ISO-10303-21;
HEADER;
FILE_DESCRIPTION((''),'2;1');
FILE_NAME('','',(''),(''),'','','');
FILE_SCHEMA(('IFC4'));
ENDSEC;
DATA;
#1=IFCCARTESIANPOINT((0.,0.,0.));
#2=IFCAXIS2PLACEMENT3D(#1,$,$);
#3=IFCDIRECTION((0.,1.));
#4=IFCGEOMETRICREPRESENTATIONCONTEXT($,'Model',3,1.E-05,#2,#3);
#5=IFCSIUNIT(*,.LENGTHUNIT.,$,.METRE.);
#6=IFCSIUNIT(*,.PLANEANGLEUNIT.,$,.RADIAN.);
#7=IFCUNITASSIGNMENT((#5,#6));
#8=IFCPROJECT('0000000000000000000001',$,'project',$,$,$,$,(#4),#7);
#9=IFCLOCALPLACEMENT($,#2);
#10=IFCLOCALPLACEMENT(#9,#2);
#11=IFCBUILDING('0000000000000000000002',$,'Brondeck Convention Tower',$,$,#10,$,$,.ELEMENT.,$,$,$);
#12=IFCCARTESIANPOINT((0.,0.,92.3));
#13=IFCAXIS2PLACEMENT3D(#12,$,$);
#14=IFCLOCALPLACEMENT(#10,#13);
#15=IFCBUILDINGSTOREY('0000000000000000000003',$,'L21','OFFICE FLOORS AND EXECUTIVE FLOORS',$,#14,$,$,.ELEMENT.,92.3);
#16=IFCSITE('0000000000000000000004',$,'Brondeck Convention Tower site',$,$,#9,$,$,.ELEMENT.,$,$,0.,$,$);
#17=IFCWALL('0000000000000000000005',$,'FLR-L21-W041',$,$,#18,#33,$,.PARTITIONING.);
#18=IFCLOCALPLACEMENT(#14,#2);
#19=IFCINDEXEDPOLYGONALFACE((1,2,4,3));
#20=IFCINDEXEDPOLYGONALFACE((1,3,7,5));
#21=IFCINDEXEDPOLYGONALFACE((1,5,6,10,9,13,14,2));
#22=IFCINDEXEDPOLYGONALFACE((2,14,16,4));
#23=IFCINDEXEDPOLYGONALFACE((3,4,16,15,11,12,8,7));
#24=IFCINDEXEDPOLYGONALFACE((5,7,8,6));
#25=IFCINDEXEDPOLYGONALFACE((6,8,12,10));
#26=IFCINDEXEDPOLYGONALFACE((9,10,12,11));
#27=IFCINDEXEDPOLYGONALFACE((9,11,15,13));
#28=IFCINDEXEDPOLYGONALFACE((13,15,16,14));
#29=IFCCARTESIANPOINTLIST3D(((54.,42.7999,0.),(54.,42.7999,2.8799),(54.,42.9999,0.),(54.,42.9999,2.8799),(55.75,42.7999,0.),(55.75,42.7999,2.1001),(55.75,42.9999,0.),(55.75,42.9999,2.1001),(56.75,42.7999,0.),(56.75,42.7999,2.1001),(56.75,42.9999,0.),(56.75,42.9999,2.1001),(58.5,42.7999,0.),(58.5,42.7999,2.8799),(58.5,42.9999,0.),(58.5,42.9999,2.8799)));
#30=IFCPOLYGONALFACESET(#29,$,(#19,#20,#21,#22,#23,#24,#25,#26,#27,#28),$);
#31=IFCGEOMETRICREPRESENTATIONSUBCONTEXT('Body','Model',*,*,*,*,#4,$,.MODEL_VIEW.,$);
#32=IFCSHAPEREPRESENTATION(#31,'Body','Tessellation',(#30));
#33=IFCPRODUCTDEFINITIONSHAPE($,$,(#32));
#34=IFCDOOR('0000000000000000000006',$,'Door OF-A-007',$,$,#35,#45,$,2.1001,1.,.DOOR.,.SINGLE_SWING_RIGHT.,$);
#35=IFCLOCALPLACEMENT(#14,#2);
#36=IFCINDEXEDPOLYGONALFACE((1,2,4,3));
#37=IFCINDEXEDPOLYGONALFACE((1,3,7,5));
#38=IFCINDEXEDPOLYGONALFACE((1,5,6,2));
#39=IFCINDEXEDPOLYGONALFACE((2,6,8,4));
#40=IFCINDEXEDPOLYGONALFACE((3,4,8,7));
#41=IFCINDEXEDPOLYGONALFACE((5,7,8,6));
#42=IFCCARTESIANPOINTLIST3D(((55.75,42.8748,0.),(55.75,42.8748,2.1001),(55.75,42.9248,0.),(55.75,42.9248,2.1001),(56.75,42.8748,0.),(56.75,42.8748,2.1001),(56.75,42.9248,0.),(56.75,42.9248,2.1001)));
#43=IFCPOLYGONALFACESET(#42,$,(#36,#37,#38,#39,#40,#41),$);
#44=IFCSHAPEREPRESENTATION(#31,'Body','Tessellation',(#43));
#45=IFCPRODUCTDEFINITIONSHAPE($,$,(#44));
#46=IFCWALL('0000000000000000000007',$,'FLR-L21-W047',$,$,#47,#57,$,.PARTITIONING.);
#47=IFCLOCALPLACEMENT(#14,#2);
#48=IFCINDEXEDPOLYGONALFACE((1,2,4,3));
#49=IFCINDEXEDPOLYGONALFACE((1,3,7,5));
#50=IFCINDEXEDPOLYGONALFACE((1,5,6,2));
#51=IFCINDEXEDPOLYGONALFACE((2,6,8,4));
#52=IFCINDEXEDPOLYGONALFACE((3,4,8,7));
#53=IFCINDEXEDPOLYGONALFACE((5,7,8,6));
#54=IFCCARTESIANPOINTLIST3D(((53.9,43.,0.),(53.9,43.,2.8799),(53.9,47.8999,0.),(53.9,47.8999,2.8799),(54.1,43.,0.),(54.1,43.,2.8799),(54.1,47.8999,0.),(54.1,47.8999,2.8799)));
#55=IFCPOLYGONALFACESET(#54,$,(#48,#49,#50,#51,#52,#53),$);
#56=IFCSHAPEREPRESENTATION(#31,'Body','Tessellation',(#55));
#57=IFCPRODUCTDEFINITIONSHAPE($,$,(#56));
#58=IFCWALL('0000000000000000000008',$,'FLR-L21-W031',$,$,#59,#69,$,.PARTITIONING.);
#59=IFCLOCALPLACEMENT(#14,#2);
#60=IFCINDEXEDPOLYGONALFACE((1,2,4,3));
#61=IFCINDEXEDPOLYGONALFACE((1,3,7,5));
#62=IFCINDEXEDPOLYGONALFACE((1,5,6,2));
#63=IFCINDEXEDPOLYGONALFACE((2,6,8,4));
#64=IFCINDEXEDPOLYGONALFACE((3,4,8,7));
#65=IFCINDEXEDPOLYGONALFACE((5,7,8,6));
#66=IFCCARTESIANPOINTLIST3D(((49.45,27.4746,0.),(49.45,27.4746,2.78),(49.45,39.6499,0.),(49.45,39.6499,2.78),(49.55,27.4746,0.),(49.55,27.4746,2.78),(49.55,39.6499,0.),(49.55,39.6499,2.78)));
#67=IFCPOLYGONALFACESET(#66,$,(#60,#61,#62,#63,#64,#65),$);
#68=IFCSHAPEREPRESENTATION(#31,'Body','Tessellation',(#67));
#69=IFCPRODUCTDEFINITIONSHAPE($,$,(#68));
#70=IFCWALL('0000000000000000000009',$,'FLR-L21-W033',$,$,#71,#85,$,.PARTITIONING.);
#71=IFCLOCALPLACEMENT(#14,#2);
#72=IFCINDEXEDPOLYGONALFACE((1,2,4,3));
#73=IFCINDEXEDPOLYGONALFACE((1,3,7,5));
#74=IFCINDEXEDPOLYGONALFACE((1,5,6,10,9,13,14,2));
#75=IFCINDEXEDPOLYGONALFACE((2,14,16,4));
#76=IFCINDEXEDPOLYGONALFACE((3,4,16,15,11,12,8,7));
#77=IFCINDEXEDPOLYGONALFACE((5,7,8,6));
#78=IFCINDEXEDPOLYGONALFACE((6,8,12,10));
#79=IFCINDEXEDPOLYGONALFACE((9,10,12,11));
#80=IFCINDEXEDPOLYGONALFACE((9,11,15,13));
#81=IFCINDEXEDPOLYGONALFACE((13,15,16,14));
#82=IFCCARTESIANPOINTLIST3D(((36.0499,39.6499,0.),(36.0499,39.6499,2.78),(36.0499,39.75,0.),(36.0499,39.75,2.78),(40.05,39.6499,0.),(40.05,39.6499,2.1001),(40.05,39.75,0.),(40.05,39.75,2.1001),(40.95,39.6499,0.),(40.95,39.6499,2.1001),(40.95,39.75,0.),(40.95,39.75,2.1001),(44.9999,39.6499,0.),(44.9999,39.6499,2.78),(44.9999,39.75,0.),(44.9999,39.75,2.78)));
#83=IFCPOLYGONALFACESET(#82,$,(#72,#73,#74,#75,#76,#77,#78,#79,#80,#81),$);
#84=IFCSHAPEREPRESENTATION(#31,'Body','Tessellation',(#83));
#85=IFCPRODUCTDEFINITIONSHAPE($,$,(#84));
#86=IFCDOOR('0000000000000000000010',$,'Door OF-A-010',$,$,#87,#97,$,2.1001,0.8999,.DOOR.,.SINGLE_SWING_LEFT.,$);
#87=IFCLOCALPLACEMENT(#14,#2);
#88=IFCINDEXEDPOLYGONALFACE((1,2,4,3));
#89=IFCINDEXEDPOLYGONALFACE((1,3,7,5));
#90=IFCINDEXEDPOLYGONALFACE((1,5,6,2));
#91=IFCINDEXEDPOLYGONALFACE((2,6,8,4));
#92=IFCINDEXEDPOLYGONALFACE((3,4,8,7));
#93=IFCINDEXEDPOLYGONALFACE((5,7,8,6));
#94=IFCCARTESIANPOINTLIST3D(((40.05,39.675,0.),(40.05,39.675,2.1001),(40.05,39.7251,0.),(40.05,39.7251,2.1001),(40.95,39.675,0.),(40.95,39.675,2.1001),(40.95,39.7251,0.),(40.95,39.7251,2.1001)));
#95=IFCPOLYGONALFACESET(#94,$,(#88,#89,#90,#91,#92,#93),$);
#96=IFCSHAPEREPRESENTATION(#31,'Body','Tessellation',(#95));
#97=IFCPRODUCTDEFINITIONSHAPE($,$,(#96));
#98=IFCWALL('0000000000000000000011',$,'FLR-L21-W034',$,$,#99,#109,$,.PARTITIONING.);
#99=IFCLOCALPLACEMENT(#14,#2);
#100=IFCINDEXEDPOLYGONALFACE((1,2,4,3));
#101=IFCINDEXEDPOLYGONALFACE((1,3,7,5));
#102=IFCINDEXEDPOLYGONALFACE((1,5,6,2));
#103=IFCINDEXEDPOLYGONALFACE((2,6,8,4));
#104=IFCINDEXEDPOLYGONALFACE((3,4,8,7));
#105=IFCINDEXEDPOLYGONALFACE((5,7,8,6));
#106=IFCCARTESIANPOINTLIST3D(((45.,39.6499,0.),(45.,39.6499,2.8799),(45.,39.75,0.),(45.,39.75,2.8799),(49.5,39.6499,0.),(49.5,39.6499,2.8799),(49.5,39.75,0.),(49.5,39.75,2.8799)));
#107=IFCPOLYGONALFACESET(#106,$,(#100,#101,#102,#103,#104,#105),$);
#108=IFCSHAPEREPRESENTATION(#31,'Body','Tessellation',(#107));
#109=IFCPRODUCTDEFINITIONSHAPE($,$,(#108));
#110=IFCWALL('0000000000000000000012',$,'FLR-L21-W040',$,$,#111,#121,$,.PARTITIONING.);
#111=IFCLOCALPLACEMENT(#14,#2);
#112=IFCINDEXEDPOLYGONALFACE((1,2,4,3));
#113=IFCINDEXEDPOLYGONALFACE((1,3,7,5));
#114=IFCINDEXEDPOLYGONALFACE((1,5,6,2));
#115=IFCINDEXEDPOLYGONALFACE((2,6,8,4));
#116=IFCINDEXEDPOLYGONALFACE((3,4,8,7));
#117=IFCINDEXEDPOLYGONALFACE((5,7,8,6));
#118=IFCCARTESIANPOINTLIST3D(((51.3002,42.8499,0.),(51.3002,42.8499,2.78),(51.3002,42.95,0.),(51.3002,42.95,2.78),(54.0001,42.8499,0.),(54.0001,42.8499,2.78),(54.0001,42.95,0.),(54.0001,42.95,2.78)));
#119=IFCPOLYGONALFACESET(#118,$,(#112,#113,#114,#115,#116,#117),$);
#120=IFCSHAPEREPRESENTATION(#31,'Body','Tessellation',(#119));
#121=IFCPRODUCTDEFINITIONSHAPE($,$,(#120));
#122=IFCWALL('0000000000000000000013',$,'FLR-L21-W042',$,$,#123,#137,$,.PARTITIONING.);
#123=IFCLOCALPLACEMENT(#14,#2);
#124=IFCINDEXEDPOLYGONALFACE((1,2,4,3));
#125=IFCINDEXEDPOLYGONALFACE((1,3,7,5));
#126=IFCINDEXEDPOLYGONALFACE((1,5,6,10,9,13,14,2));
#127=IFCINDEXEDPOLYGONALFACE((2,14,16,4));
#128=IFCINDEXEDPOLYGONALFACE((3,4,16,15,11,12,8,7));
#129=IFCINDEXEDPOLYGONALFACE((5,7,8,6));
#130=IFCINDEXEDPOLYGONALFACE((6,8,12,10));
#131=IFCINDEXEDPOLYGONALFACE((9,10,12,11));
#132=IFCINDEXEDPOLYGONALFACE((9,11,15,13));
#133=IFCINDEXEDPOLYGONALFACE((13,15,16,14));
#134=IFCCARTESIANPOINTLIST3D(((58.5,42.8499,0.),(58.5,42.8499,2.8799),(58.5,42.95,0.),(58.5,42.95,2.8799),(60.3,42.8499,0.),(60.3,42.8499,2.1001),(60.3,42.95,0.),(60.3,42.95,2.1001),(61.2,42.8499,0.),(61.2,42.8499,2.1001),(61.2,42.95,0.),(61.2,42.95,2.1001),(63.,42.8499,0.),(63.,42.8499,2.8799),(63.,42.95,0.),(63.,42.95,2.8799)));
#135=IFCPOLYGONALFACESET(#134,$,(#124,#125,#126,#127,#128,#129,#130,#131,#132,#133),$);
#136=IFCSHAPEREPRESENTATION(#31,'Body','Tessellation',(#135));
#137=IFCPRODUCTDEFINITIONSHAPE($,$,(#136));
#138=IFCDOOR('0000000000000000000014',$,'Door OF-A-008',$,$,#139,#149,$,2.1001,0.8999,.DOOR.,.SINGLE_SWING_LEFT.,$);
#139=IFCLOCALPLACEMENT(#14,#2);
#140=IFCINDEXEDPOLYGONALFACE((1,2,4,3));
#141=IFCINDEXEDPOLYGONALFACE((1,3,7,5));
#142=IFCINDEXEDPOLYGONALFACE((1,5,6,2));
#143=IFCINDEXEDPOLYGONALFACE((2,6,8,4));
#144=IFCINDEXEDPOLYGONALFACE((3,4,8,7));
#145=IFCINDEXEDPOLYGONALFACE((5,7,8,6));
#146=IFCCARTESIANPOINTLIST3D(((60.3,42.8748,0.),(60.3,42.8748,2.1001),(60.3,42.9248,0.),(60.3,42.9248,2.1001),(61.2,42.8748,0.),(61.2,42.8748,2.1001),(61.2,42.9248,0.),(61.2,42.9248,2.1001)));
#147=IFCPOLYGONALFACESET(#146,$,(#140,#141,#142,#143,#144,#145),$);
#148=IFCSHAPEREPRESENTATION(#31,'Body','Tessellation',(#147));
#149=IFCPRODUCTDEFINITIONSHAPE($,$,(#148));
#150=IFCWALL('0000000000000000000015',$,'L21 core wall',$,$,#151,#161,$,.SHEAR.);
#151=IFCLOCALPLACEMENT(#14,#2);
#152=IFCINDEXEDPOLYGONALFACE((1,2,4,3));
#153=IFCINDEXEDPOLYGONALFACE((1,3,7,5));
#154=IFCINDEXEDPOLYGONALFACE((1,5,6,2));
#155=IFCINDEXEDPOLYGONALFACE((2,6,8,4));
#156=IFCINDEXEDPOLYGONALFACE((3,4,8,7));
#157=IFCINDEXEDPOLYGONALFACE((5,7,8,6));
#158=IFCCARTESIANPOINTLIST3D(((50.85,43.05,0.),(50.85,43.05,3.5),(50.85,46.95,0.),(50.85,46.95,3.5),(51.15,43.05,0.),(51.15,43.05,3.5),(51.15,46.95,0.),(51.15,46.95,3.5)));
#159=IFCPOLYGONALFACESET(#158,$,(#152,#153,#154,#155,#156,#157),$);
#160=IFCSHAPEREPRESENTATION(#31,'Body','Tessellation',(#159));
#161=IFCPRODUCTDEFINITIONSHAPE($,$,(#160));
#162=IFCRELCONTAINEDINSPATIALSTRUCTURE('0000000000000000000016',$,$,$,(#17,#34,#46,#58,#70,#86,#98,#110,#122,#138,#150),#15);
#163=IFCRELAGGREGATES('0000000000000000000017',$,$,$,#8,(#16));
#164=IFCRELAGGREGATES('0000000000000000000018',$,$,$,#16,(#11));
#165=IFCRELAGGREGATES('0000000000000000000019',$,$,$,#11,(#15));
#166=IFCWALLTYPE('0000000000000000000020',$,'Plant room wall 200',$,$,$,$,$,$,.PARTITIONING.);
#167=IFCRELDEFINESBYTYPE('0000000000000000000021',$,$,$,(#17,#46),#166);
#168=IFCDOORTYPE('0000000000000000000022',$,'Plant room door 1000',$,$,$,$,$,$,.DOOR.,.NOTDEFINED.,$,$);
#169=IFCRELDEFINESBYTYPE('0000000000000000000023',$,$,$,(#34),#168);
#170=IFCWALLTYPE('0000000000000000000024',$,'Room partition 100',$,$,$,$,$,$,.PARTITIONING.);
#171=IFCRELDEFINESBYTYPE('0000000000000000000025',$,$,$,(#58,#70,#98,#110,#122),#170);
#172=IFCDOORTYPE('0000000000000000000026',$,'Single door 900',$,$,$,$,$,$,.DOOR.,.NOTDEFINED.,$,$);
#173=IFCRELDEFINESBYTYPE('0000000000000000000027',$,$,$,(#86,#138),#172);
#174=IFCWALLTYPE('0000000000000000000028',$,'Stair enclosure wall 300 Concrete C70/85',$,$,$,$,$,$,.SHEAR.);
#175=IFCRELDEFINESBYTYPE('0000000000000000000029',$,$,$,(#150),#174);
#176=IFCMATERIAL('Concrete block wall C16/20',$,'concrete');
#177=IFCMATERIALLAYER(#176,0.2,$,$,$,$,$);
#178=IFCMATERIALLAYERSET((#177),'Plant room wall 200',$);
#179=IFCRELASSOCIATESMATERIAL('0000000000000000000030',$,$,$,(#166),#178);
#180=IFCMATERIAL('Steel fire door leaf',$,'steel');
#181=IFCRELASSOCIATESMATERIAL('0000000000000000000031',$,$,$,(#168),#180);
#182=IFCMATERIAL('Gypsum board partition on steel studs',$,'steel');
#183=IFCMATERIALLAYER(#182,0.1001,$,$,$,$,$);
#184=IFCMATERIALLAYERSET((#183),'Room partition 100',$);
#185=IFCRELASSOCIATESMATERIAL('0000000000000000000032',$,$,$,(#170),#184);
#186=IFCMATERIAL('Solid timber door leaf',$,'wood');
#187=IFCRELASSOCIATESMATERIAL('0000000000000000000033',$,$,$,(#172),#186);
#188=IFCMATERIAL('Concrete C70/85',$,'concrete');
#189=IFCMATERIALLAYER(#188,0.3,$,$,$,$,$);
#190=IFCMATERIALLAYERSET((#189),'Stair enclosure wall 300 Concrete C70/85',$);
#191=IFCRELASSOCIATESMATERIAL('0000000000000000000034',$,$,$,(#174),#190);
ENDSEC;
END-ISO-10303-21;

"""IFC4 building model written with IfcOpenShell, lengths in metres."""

from ifc_helpers import new_model, si_unit, direction, frame, frame_2d, origin, place, context, subcontext, project, spatial, rectangle, extrude, material, layer, layer_set, type_object, element, fill, save


model = new_model("IFC4")

# Units and contexts
model_context = context("Model", 3, precision=1e-05, world=origin(), true_north=direction((0.0, 1.0)))
body_context = subcontext(model_context, "Body", "Model", "MODEL_VIEW")
ifc_project = project(units=[si_unit("LENGTHUNIT", "METRE"), si_unit("PLANEANGLEUNIT", "RADIAN")], contexts=[model_context])

# Site, building, storey
site_placement = place(None, origin())
site = spatial("IfcSite", under=ifc_project, at=site_placement, Name="Brondeck Convention Tower site", CompositionType="ELEMENT", RefElevation=0.0)
building_placement = place(site_placement, origin())
building = spatial("IfcBuilding", under=site, at=building_placement, Name="Brondeck Convention Tower", CompositionType="ELEMENT")
storey_placement = place(building_placement, frame((0.0, 0.0, 92.3)))
storey = spatial("IfcBuildingStorey", under=building, at=storey_placement, Name="L21", Description="OFFICE FLOORS AND EXECUTIVE FLOORS", CompositionType="ELEMENT", Elevation=92.3)

# Shared definitions
ifc_material_1 = material(Name="Concrete C70/85", Category="concrete")

# Wall, opening, door
ifc_material_2 = material(Name="Concrete block wall C16/20", Category="concrete")
ifc_layer_1 = layer(ifc_material_2, 0.2)
ifc_layer_set_1 = layer_set([ifc_layer_1], Name="Plant room wall 200")
wall_type_1 = type_object("IfcWallType", Name="Plant room wall 200", PredefinedType="PARTITIONING", material=ifc_layer_set_1)
wall_1_placement = place(storey_placement, frame((54.0, 42.8999, 0.0), z_axis=(0.0, 0.0, 1.0), x_axis=(1.0, 0.0, 0.0)))
wall_1 = element("IfcWall", 1, at=wall_1_placement, inside=storey, type_object=wall_type_1, Name="FLR-L21-W041", PredefinedType="PARTITIONING", context=body_context, shape_type="SweptSolid", body=[
    extrude(rectangle(XDim=4.5, YDim=0.2, at=frame_2d((2.25, 0.0))), origin(), (0.0, 0.0, 1.0), 2.8799),
])
opening_1_placement = place(wall_1_placement, frame((1.75, 0.0, 0.0)))
opening_1 = element("IfcOpeningElement", 2, at=opening_1_placement, cuts=wall_1, PredefinedType="OPENING", context=body_context, shape_type="SweptSolid", body=[
    extrude(rectangle(XDim=1.0, YDim=2.1001, at=frame_2d((0.5, 1.05))), frame((0.0, 0.1099, 0.0), z_axis=(0.0, -1.0, 0.0), x_axis=(1.0, 0.0, 0.0)), (0.0, 0.0, 1.0), 0.22),
])
ifc_material_3 = material(Name="Steel fire door leaf", Category="steel")
door_type_1 = type_object("IfcDoorType", Name="Plant room door 1000", OperationType="NOTDEFINED", PredefinedType="DOOR", material=ifc_material_3)
door_1_placement = place(opening_1_placement, origin())
door_1 = element("IfcDoor", 3, at=door_1_placement, inside=storey, type_object=door_type_1, Name="Door OF-A-007", OperationType="SINGLE_SWING_RIGHT", OverallHeight=2.1001, OverallWidth=1.0, PredefinedType="DOOR", context=body_context, shape_type="SweptSolid", body=[
    extrude(rectangle(XDim=1.0, YDim=2.1001, at=frame_2d((0.5, 1.05))), frame((0.0, 0.0249, 0.0), z_axis=(0.0, -1.0, 0.0), x_axis=(1.0, 0.0, 0.0)), (0.0, 0.0, 1.0), 0.05),
])
fill(opening_1, door_1)

# Walls
wall_2_placement = place(storey_placement, frame((54.0, 43.0, 0.0), z_axis=(0.0, 0.0, 1.0), x_axis=(0.0, 1.0, 0.0)))
element("IfcWall", 4, at=wall_2_placement, inside=storey, type_object=wall_type_1, Name="FLR-L21-W047", PredefinedType="PARTITIONING", context=body_context, shape_type="SweptSolid", body=[
    extrude(rectangle(XDim=4.8999, YDim=0.2, at=frame_2d((2.45, 0.0))), origin(), (0.0, 0.0, 1.0), 2.8799),
])
ifc_material_4 = material(Name="Gypsum board partition on steel studs", Category="steel")
ifc_layer_2 = layer(ifc_material_4, 0.1001)
ifc_layer_set_2 = layer_set([ifc_layer_2], Name="Room partition 100")
wall_type_2 = type_object("IfcWallType", Name="Room partition 100", PredefinedType="PARTITIONING", material=ifc_layer_set_2)
wall_3_placement = place(storey_placement, frame((49.5, 39.6499, 0.0), z_axis=(0.0, 0.0, 1.0), x_axis=(0.0, -1.0, 0.0)))
element("IfcWall", 5, at=wall_3_placement, inside=storey, type_object=wall_type_2, Name="FLR-L21-W031", PredefinedType="PARTITIONING", context=body_context, shape_type="SweptSolid", body=[
    extrude(rectangle(XDim=12.1753, YDim=0.1001, at=frame_2d((6.0876, 0.0))), origin(), (0.0, 0.0, 1.0), 2.78),
])

# Wall, opening, door
wall_4_placement = place(storey_placement, frame((45.0, 39.7, 0.0), z_axis=(0.0, 0.0, 1.0), x_axis=(-1.0, 0.0, 0.0)))
wall_4 = element("IfcWall", 6, at=wall_4_placement, inside=storey, type_object=wall_type_2, Name="FLR-L21-W033", PredefinedType="PARTITIONING", context=body_context, shape_type="SweptSolid", body=[
    extrude(rectangle(XDim=8.95, YDim=0.1001, at=frame_2d((4.4751, 0.0))), origin(), (0.0, 0.0, 1.0), 2.78),
])
opening_2_placement = place(wall_4_placement, frame((4.05, 0.0, 0.0)))
opening_2 = element("IfcOpeningElement", 7, at=opening_2_placement, cuts=wall_4, PredefinedType="OPENING", context=body_context, shape_type="SweptSolid", body=[
    extrude(rectangle(XDim=0.8999, YDim=2.1001, at=frame_2d((0.45, 1.05))), frame((0.0, 0.0601, 0.0), z_axis=(0.0, -1.0, 0.0), x_axis=(1.0, 0.0, 0.0)), (0.0, 0.0, 1.0), 0.1201),
])
ifc_material_5 = material(Name="Solid timber door leaf", Category="wood")
door_type_2 = type_object("IfcDoorType", Name="Single door 900", OperationType="NOTDEFINED", PredefinedType="DOOR", material=ifc_material_5)
door_2_placement = place(opening_2_placement, origin())
door_2 = element("IfcDoor", 8, at=door_2_placement, inside=storey, type_object=door_type_2, Name="Door OF-A-010", OperationType="SINGLE_SWING_LEFT", OverallHeight=2.1001, OverallWidth=0.8999, PredefinedType="DOOR", context=body_context, shape_type="SweptSolid", body=[
    extrude(rectangle(XDim=0.8999, YDim=2.1001, at=frame_2d((0.45, 1.05))), frame((0.0, 0.0249, 0.0), z_axis=(0.0, -1.0, 0.0), x_axis=(1.0, 0.0, 0.0)), (0.0, 0.0, 1.0), 0.05),
])
fill(opening_2, door_2)

# Walls
wall_5_placement = place(storey_placement, frame((49.5, 39.7, 0.0), z_axis=(0.0, 0.0, 1.0), x_axis=(-1.0, 0.0, 0.0)))
element("IfcWall", 9, at=wall_5_placement, inside=storey, type_object=wall_type_2, Name="FLR-L21-W034", PredefinedType="PARTITIONING", context=body_context, shape_type="SweptSolid", body=[
    extrude(rectangle(XDim=4.5, YDim=0.1001, at=frame_2d((2.25, 0.0))), origin(), (0.0, 0.0, 1.0), 2.8799),
])
wall_6_placement = place(storey_placement, frame((51.3, 42.8999, 0.0), z_axis=(0.0, 0.0, 1.0), x_axis=(1.0, 0.0, 0.0)))
element("IfcWall", 10, at=wall_6_placement, inside=storey, type_object=wall_type_2, Name="FLR-L21-W040", PredefinedType="PARTITIONING", context=body_context, shape_type="SweptSolid", body=[
    extrude(rectangle(XDim=2.7, YDim=0.1001, at=frame_2d((1.3501, 0.0))), origin(), (0.0, 0.0, 1.0), 2.78),
])

# Wall, opening, door
wall_7_placement = place(storey_placement, frame((58.5, 42.8999, 0.0), z_axis=(0.0, 0.0, 1.0), x_axis=(1.0, 0.0, 0.0)))
wall_7 = element("IfcWall", 11, at=wall_7_placement, inside=storey, type_object=wall_type_2, Name="FLR-L21-W042", PredefinedType="PARTITIONING", context=body_context, shape_type="SweptSolid", body=[
    extrude(rectangle(XDim=4.5, YDim=0.1001, at=frame_2d((2.25, 0.0))), origin(), (0.0, 0.0, 1.0), 2.8799),
])
opening_3_placement = place(wall_7_placement, frame((1.8, 0.0, 0.0)))
opening_3 = element("IfcOpeningElement", 12, at=opening_3_placement, cuts=wall_7, PredefinedType="OPENING", context=body_context, shape_type="SweptSolid", body=[
    extrude(rectangle(XDim=0.8999, YDim=2.1001, at=frame_2d((0.45, 1.05))), frame((0.0, 0.0601, 0.0), z_axis=(0.0, -1.0, 0.0), x_axis=(1.0, 0.0, 0.0)), (0.0, 0.0, 1.0), 0.1201),
])
door_3_placement = place(opening_3_placement, origin())
door_3 = element("IfcDoor", 13, at=door_3_placement, inside=storey, type_object=door_type_2, Name="Door OF-A-008", OperationType="SINGLE_SWING_LEFT", OverallHeight=2.1001, OverallWidth=0.8999, PredefinedType="DOOR", context=body_context, shape_type="SweptSolid", body=[
    extrude(rectangle(XDim=0.8999, YDim=2.1001, at=frame_2d((0.45, 1.05))), frame((0.0, 0.0249, 0.0), z_axis=(0.0, -1.0, 0.0), x_axis=(1.0, 0.0, 0.0)), (0.0, 0.0, 1.0), 0.05),
])
fill(opening_3, door_3)

# Wall
ifc_layer_3 = layer(ifc_material_1, 0.3)
ifc_layer_set_3 = layer_set([ifc_layer_3], Name="Stair enclosure wall 300 Concrete C70/85")
wall_type_3 = type_object("IfcWallType", Name="Stair enclosure wall 300 Concrete C70/85", PredefinedType="SHEAR", material=ifc_layer_set_3)
wall_8_placement = place(storey_placement, frame((51.0, 43.05, 0.0), z_axis=(0.0, 0.0, 1.0), x_axis=(0.0, 1.0, 0.0)))
element("IfcWall", 14, at=wall_8_placement, inside=storey, type_object=wall_type_3, Name="L21 core wall", PredefinedType="SHEAR", context=body_context, shape_type="SweptSolid", body=[
    extrude(rectangle(XDim=3.8999, YDim=0.3, at=frame_2d((1.95, 0.0))), origin(), (0.0, 0.0, 1.0), 3.5),
])

save(model, "model.ifc")
